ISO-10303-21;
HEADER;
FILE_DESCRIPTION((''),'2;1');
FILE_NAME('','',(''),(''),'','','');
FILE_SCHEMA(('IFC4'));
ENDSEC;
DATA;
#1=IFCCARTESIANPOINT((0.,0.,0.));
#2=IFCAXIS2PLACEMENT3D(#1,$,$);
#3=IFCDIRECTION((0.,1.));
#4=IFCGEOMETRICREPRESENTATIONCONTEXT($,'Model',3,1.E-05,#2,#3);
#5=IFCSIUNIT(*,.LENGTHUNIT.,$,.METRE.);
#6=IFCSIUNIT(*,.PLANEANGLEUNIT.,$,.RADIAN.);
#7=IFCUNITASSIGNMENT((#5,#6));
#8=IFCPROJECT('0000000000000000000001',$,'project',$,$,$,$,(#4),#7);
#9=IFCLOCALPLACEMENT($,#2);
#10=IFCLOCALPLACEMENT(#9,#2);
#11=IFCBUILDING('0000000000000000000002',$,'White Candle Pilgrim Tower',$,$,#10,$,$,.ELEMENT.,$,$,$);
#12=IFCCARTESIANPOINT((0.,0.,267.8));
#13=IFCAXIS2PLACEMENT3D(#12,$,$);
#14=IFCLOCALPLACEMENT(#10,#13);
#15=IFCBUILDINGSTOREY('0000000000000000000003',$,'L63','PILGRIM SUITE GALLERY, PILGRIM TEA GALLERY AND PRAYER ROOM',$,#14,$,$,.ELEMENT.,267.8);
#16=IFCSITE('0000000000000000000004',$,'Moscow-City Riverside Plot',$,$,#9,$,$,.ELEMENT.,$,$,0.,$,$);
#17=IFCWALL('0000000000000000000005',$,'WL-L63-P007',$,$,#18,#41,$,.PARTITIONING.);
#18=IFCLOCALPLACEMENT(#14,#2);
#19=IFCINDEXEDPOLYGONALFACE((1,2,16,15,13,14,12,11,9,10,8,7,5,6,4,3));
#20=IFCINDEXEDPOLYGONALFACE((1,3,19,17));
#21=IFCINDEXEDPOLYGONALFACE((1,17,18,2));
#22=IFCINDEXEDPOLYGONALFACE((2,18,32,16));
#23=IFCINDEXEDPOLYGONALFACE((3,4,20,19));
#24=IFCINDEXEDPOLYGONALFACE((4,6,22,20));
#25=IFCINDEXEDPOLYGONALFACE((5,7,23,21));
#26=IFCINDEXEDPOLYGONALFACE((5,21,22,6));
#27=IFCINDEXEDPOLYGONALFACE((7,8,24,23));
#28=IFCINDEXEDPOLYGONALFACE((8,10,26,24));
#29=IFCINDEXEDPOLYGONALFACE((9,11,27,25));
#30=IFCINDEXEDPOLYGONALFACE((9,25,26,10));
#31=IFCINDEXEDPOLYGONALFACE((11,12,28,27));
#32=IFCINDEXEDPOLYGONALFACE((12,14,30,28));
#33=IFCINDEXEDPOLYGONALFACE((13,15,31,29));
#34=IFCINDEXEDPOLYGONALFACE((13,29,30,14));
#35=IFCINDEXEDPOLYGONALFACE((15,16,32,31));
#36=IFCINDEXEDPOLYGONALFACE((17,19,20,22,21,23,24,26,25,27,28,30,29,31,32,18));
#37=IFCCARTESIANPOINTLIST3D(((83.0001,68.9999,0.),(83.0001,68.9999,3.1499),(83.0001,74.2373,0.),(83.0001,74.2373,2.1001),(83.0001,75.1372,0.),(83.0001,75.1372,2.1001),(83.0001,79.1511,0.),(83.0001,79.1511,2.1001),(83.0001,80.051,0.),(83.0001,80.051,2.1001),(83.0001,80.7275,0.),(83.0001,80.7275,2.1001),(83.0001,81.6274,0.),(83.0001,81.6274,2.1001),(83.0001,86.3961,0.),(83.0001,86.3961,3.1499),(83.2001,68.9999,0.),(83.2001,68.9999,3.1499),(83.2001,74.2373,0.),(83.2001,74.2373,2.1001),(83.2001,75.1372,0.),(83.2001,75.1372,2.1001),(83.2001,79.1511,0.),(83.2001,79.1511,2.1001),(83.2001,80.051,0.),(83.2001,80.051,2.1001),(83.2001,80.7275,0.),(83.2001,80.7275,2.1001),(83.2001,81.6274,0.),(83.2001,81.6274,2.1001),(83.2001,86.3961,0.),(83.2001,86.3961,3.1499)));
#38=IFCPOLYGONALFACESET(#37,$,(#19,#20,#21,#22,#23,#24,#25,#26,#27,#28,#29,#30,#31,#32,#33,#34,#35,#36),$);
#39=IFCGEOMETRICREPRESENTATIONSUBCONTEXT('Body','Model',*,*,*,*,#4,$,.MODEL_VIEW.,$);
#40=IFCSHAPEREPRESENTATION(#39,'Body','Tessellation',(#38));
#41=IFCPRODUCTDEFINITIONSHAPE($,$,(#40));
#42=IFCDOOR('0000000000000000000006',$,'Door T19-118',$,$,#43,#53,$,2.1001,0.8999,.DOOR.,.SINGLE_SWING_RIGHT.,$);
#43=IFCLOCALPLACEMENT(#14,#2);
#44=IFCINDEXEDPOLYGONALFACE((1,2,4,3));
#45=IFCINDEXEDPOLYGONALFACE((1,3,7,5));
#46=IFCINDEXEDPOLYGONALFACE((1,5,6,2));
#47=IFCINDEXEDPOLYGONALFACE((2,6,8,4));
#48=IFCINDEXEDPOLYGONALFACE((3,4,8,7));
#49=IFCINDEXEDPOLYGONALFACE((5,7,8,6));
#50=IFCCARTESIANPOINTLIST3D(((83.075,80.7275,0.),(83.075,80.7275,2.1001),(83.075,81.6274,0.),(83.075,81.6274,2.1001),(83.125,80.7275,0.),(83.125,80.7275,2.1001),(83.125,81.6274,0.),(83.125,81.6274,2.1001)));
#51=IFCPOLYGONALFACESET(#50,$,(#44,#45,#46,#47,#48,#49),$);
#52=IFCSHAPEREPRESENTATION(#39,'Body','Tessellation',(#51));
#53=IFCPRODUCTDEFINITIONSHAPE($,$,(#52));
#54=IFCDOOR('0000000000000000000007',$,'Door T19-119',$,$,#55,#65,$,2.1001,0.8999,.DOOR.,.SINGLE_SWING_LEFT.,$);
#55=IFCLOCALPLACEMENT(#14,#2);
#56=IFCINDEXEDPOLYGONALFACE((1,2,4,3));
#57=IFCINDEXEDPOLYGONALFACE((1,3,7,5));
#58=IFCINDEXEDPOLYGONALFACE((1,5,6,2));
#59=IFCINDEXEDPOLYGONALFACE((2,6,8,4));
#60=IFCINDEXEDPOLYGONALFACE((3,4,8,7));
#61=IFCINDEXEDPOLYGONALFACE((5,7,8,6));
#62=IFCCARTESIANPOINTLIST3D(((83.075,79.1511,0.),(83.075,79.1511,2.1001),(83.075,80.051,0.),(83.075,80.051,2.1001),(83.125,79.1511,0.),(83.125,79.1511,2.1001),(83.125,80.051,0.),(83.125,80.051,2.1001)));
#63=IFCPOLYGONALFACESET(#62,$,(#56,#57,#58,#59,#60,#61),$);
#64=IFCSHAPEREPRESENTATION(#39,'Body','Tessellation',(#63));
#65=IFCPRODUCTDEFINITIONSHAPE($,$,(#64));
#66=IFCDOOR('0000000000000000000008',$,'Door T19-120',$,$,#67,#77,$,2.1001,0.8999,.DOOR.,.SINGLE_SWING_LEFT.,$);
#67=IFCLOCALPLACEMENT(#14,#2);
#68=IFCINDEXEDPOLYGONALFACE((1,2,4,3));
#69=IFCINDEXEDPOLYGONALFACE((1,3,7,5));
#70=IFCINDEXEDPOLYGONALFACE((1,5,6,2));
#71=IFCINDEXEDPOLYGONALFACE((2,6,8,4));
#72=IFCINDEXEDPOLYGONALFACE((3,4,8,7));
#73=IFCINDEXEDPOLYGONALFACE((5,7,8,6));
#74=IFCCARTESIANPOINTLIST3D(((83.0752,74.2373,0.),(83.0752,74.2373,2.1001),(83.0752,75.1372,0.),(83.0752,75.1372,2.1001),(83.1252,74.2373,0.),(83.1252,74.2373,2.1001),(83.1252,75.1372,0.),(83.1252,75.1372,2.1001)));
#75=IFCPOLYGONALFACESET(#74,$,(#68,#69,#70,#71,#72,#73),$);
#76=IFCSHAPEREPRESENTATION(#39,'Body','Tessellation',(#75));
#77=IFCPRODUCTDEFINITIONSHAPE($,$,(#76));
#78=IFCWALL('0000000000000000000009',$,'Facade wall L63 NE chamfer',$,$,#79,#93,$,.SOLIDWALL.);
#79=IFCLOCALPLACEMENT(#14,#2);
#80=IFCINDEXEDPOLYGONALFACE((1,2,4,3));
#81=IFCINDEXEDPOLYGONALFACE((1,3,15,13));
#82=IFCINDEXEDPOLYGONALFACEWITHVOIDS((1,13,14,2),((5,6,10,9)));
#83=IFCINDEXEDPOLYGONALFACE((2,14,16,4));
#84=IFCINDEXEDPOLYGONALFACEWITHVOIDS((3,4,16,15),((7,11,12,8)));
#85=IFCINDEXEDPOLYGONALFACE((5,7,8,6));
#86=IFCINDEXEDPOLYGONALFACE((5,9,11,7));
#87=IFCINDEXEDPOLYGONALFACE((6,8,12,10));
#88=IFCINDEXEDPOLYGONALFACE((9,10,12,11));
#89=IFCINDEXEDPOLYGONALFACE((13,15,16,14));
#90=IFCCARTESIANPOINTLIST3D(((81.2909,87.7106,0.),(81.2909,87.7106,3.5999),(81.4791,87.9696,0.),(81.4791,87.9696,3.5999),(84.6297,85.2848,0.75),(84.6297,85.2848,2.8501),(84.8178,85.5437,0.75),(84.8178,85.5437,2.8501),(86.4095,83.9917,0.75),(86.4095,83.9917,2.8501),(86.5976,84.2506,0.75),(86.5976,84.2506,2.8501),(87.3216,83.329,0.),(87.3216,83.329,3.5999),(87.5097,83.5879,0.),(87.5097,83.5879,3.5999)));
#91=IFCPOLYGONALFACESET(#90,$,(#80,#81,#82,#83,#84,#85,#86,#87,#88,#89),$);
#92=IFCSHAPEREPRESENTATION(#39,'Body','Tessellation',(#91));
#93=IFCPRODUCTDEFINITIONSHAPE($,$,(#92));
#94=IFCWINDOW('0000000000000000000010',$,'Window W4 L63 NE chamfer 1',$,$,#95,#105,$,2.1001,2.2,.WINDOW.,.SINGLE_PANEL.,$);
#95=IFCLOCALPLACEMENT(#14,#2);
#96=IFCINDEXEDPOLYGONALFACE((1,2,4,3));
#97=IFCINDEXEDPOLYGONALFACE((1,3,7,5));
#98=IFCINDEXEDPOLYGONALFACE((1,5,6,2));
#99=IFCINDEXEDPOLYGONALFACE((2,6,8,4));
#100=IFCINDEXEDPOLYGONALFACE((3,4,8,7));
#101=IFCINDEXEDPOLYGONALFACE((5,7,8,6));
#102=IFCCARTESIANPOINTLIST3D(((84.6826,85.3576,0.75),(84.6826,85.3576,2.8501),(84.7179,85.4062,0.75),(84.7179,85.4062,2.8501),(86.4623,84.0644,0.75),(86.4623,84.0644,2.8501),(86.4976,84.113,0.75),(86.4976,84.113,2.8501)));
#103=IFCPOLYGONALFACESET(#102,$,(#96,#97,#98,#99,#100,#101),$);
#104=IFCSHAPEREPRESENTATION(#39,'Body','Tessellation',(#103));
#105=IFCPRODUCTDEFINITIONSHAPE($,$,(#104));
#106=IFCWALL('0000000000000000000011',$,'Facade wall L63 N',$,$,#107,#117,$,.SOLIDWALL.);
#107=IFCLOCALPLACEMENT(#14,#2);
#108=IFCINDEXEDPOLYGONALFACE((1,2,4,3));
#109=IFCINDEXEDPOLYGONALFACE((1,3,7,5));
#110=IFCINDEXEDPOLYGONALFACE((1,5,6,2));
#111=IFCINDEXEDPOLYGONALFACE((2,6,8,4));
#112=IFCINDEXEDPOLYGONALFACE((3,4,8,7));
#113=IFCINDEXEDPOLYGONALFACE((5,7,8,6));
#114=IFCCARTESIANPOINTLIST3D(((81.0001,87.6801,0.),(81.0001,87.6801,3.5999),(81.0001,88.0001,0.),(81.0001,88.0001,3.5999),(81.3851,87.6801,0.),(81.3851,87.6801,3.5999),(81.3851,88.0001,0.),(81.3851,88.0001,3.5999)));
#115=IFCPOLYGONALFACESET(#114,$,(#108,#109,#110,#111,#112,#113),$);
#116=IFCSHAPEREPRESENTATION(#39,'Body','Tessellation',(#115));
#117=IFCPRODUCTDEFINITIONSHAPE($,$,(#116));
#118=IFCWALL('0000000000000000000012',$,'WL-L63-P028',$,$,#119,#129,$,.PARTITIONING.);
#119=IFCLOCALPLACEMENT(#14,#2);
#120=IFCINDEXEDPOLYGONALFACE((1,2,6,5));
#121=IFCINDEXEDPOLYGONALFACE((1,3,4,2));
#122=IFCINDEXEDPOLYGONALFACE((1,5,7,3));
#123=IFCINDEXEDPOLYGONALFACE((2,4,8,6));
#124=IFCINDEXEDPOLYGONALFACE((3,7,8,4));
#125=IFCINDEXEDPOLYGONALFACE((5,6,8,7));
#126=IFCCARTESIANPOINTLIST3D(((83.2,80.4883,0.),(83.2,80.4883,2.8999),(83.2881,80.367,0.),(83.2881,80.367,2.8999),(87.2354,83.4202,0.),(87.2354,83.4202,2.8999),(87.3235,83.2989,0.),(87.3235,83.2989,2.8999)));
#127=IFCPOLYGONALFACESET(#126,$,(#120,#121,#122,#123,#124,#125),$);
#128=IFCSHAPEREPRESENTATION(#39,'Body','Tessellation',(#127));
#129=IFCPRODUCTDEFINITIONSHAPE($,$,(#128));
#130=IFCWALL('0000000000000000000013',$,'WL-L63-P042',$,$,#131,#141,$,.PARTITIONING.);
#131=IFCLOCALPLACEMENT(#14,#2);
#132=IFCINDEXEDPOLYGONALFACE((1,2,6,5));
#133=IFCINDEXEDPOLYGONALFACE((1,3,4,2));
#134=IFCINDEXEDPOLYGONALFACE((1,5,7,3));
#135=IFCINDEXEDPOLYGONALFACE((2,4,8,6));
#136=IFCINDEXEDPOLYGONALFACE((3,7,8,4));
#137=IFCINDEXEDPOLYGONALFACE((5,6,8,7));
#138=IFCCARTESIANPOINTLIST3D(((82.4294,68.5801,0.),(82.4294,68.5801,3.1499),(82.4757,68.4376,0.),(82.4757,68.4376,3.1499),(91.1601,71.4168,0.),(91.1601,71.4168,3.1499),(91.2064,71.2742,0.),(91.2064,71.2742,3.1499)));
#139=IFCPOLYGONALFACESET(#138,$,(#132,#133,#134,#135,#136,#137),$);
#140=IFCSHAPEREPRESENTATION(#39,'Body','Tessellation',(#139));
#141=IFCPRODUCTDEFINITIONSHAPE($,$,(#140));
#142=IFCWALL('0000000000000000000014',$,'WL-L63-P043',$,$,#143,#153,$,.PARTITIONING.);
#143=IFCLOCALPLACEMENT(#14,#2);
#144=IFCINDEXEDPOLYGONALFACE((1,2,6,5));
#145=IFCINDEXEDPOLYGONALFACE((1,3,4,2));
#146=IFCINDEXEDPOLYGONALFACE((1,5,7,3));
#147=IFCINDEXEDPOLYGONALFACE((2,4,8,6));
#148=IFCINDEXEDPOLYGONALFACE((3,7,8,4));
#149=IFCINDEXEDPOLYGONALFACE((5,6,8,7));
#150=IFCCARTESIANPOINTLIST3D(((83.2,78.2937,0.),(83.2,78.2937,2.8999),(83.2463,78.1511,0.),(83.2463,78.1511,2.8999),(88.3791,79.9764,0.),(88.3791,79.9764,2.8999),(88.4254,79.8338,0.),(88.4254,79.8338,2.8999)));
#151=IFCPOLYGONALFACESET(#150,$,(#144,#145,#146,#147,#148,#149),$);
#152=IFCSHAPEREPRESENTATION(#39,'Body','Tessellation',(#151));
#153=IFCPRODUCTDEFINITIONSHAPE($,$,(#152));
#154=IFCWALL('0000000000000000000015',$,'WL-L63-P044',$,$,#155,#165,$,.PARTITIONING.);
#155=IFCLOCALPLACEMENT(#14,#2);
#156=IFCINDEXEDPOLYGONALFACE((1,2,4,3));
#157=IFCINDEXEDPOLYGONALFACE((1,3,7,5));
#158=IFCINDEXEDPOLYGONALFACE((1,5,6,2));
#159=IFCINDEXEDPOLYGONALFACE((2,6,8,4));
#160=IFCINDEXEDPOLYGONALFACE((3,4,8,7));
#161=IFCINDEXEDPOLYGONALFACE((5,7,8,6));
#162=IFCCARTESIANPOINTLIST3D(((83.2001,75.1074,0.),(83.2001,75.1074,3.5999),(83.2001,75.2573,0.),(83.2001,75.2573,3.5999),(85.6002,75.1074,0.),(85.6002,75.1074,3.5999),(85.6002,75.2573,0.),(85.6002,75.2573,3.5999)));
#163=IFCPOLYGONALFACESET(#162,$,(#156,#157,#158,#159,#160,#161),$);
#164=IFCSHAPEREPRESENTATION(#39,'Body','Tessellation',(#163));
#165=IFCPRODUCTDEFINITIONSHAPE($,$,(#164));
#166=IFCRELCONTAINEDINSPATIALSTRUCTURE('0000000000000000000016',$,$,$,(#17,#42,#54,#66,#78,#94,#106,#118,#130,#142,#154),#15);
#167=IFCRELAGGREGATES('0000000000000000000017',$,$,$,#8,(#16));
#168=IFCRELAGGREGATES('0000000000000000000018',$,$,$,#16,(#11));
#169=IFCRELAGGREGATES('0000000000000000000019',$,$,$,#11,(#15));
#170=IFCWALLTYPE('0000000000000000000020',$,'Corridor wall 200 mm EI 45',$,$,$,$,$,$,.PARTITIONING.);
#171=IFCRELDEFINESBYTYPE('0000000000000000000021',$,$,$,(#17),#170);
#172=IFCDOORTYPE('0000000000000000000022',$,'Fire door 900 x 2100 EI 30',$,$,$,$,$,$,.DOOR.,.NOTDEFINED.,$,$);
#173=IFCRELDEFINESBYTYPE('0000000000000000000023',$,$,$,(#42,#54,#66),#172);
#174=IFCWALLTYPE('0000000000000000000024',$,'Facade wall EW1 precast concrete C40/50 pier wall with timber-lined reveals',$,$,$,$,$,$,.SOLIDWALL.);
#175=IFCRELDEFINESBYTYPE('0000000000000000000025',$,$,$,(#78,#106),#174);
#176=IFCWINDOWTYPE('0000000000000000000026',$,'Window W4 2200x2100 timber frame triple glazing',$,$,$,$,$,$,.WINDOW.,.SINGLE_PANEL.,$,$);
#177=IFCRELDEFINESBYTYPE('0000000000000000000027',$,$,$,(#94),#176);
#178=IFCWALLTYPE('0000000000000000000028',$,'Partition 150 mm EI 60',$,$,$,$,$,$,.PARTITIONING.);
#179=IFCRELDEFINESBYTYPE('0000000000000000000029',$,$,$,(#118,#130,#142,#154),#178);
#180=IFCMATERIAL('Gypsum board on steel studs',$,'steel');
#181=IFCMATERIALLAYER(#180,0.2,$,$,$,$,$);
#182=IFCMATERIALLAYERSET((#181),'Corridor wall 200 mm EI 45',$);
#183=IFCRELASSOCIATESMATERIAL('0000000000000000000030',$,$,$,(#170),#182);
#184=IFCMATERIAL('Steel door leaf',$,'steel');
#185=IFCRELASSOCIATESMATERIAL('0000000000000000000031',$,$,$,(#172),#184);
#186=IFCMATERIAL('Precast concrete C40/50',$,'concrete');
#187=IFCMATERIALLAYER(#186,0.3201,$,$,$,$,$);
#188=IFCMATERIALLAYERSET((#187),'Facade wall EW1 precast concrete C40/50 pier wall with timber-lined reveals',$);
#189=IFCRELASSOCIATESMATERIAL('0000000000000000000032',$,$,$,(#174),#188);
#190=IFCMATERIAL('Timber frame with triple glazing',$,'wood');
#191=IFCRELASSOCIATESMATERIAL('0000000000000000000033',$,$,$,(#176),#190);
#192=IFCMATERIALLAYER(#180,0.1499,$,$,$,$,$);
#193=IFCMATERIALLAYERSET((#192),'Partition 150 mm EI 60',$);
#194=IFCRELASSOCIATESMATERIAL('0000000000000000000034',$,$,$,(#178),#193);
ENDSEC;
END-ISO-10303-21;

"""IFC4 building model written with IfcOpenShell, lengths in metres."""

from ifc_helpers import new_model, si_unit, direction, frame, frame_2d, origin, place, context, subcontext, project, spatial, rectangle, extrude, material, layer, layer_set, type_object, element, fill, save


model = new_model("IFC4")

# Units and contexts
model_context = context("Model", 3, precision=1e-05, world=origin(), true_north=direction((0.0, 1.0)))
body_context = subcontext(model_context, "Body", "Model", "MODEL_VIEW")
ifc_project = project(units=[si_unit("LENGTHUNIT", "METRE"), si_unit("PLANEANGLEUNIT", "RADIAN")], contexts=[model_context])

# Site, building, storey
site_placement = place(None, origin())
site = spatial("IfcSite", under=ifc_project, at=site_placement, Name="Moscow-City Riverside Plot", CompositionType="ELEMENT", RefElevation=0.0)
building_placement = place(site_placement, origin())
building = spatial("IfcBuilding", under=site, at=building_placement, Name="White Candle Pilgrim Tower", CompositionType="ELEMENT")
storey_placement = place(building_placement, frame((0.0, 0.0, 267.8)))
storey = spatial("IfcBuildingStorey", under=building, at=storey_placement, Name="L63", Description="PILGRIM SUITE GALLERY, PILGRIM TEA GALLERY AND PRAYER ROOM", CompositionType="ELEMENT", Elevation=267.8)

# Shared definitions
ifc_material_1 = material(Name="Steel door leaf", Category="steel")

# Wall, openings, doors
ifc_material_2 = material(Name="Gypsum board on steel studs", Category="steel")
ifc_layer_1 = layer(ifc_material_2, 0.2)
ifc_layer_set_1 = layer_set([ifc_layer_1], Name="Corridor wall 200 mm EI 45")
wall_type_1 = type_object("IfcWallType", Name="Corridor wall 200 mm EI 45", PredefinedType="PARTITIONING", material=ifc_layer_set_1)
wall_1_placement = place(storey_placement, frame((83.1001, 86.3962, 0.0), z_axis=(0.0, 0.0, 1.0), x_axis=(0.0, -1.0, 0.0)))
wall_1 = element("IfcWall", 1, at=wall_1_placement, inside=storey, type_object=wall_type_1, Name="WL-L63-P007", PredefinedType="PARTITIONING", context=body_context, shape_type="SweptSolid", body=[
    extrude(rectangle(XDim=17.3962, YDim=0.2, at=frame_2d((8.6982, 0.0))), origin(), (0.0, 0.0, 1.0), 3.1499),
])
opening_1_placement = place(wall_1_placement, frame((4.7688, 0.0, 0.0)))
opening_1 = element("IfcOpeningElement", 2, at=opening_1_placement, cuts=wall_1, PredefinedType="OPENING", context=body_context, shape_type="SweptSolid", body=[
    extrude(rectangle(XDim=0.8999, YDim=2.1001, at=frame_2d((0.45, 1.05))), frame((0.0, 0.1099, 0.0), z_axis=(0.0, -1.0, 0.0), x_axis=(1.0, 0.0, 0.0)), (0.0, 0.0, 1.0), 0.22),
])
opening_2_placement = place(wall_1_placement, frame((6.3452, 0.0, 0.0)))
opening_2 = element("IfcOpeningElement", 3, at=opening_2_placement, cuts=wall_1, PredefinedType="OPENING", context=body_context, shape_type="SweptSolid", body=[
    extrude(rectangle(XDim=0.8999, YDim=2.1001, at=frame_2d((0.45, 1.05))), frame((0.0, 0.1099, 0.0), z_axis=(0.0, -1.0, 0.0), x_axis=(1.0, 0.0, 0.0)), (0.0, 0.0, 1.0), 0.22),
])
opening_3_placement = place(wall_1_placement, frame((11.259, 0.0, 0.0)))
opening_3 = element("IfcOpeningElement", 4, at=opening_3_placement, cuts=wall_1, PredefinedType="OPENING", context=body_context, shape_type="SweptSolid", body=[
    extrude(rectangle(XDim=0.8999, YDim=2.1001, at=frame_2d((0.45, 1.05))), frame((0.0, 0.1099, 0.0), z_axis=(0.0, -1.0, 0.0), x_axis=(1.0, 0.0, 0.0)), (0.0, 0.0, 1.0), 0.22),
])
door_type_1 = type_object("IfcDoorType", Name="Fire door 900 x 2100 EI 30", OperationType="NOTDEFINED", PredefinedType="DOOR", material=ifc_material_1)
door_1_placement = place(opening_1_placement, origin())
door_1 = element("IfcDoor", 5, at=door_1_placement, inside=storey, type_object=door_type_1, Name="Door T19-118", OperationType="SINGLE_SWING_RIGHT", OverallHeight=2.1001, OverallWidth=0.8999, PredefinedType="DOOR", context=body_context, shape_type="SweptSolid", body=[
    extrude(rectangle(XDim=0.8999, YDim=2.1001, at=frame_2d((0.45, 1.05))), frame((0.0, 0.0249, 0.0), z_axis=(0.0, -1.0, 0.0), x_axis=(1.0, 0.0, 0.0)), (0.0, 0.0, 1.0), 0.05),
])
fill(opening_1, door_1)
door_2_placement = place(opening_2_placement, origin())
door_2 = element("IfcDoor", 6, at=door_2_placement, inside=storey, type_object=door_type_1, Name="Door T19-119", OperationType="SINGLE_SWING_LEFT", OverallHeight=2.1001, OverallWidth=0.8999, PredefinedType="DOOR", context=body_context, shape_type="SweptSolid", body=[
    extrude(rectangle(XDim=0.8999, YDim=2.1001, at=frame_2d((0.45, 1.05))), frame((0.0, 0.0249, 0.0), z_axis=(0.0, -1.0, 0.0), x_axis=(1.0, 0.0, 0.0)), (0.0, 0.0, 1.0), 0.05),
])
fill(opening_2, door_2)
door_3_placement = place(opening_3_placement, frame((0.8999, 0.0, 0.0), z_axis=(0.0, 0.0, 1.0), x_axis=(-1.0, 0.0, 0.0)))
door_3 = element("IfcDoor", 7, at=door_3_placement, inside=storey, type_object=door_type_1, Name="Door T19-120", OperationType="SINGLE_SWING_LEFT", OverallHeight=2.1001, OverallWidth=0.8999, PredefinedType="DOOR", context=body_context, shape_type="SweptSolid", body=[
    extrude(rectangle(XDim=0.8999, YDim=2.1001, at=frame_2d((0.45, 1.05))), frame((0.0, 0.0249, 0.0), z_axis=(0.0, -1.0, 0.0), x_axis=(1.0, 0.0, 0.0)), (0.0, 0.0, 1.0), 0.05),
])
fill(opening_3, door_3)

# Wall, opening, window
ifc_material_3 = material(Name="Precast concrete C40/50", Category="concrete")
ifc_layer_2 = layer(ifc_material_3, 0.3201)
ifc_layer_set_2 = layer_set([ifc_layer_2], Name="Facade wall EW1 precast concrete C40/50 pier wall with timber-lined reveals")
wall_type_2 = type_object("IfcWallType", Name="Facade wall EW1 precast concrete C40/50 pier wall with timber-lined reveals", PredefinedType="SOLIDWALL", material=ifc_layer_set_2)
wall_2_placement = place(storey_placement, frame((87.4155, 83.4585, 0.0), z_axis=(0.0, 0.0, 1.0), x_axis=(-0.809007, 0.5878, 0.0)))
wall_2 = element("IfcWall", 8, at=wall_2_placement, inside=storey, type_object=wall_type_2, Name="Facade wall L63 NE chamfer", PredefinedType="SOLIDWALL", context=body_context, shape_type="SweptSolid", body=[
    extrude(rectangle(XDim=7.4543, YDim=0.3201, at=frame_2d((3.7271, 0.0))), origin(), (0.0, 0.0, 1.0), 3.5999),
])
opening_4_placement = place(wall_2_placement, frame((1.1272, 0.0, 0.75)))
opening_4 = element("IfcOpeningElement", 9, at=opening_4_placement, cuts=wall_2, PredefinedType="OPENING", context=body_context, shape_type="SweptSolid", body=[
    extrude(rectangle(XDim=2.2, YDim=2.1001, at=frame_2d((1.1001, 1.05))), frame((0.0, 0.1699, 0.0), z_axis=(0.0, -1.0, 0.0), x_axis=(1.0, 0.0, 0.0)), (0.0, 0.0, 1.0), 0.3401),
])
ifc_material_4 = material(Name="Timber frame with triple glazing", Category="wood")
window_type = type_object("IfcWindowType", Name="Window W4 2200x2100 timber frame triple glazing", PartitioningType="SINGLE_PANEL", PredefinedType="WINDOW", material=ifc_material_4)
window_placement = place(opening_4_placement, origin())
window = element("IfcWindow", 10, at=window_placement, inside=storey, type_object=window_type, Name="Window W4 L63 NE chamfer 1", OverallHeight=2.1001, OverallWidth=2.2, PartitioningType="SINGLE_PANEL", PredefinedType="WINDOW", context=body_context, shape_type="SweptSolid", body=[
    extrude(rectangle(XDim=2.2, YDim=2.1001, at=frame_2d((1.1001, 1.05))), frame((0.0, 0.0701, 0.0), z_axis=(0.0, -1.0, 0.0), x_axis=(1.0, 0.0, 0.0)), (0.0, 0.0, 1.0), 0.0601),
])
fill(opening_4, window)

# Walls
wall_3_placement = place(storey_placement, frame((81.385, 87.8401, 0.0), z_axis=(0.0, 0.0, 1.0), x_axis=(-1.0, 0.0, 0.0)))
element("IfcWall", 11, at=wall_3_placement, inside=storey, type_object=wall_type_2, Name="Facade wall L63 N", PredefinedType="SOLIDWALL", context=body_context, shape_type="SweptSolid", body=[
    extrude(rectangle(XDim=0.385, YDim=0.3201, at=frame_2d((0.1924, 0.0))), origin(), (0.0, 0.0, 1.0), 3.5999),
])
ifc_layer_3 = layer(ifc_material_2, 0.1499)
ifc_layer_set_3 = layer_set([ifc_layer_3], Name="Partition 150 mm EI 60")
wall_type_3 = type_object("IfcWallType", Name="Partition 150 mm EI 60", PredefinedType="PARTITIONING", material=ifc_layer_set_3)
wall_4_placement = place(storey_placement, frame((87.2795, 83.3596, 0.0), z_axis=(0.0, 0.0, 1.0), x_axis=(-0.809017, -0.587785, 0.0)))
element("IfcWall", 12, at=wall_4_placement, inside=storey, type_object=wall_type_3, Name="WL-L63-P028", PredefinedType="PARTITIONING", context=body_context, shape_type="SweptSolid", body=[
    extrude(rectangle(XDim=4.988, YDim=0.1499, at=frame_2d((2.4941, 0.0))), origin(), (0.0, 0.0, 1.0), 2.8999),
])
wall_5_placement = place(storey_placement, frame((91.1831, 71.3455, 0.0), z_axis=(0.0, 0.0, 1.0), x_axis=(-0.95106, -0.309006, 0.0)))
element("IfcWall", 13, at=wall_5_placement, inside=storey, type_object=wall_type_3, Name="WL-L63-P042", PredefinedType="PARTITIONING", context=body_context, shape_type="SweptSolid", body=[
    extrude(rectangle(XDim=9.1799, YDim=0.1499, at=frame_2d((4.5898, 0.0))), origin(), (0.0, 0.0, 1.0), 3.1499),
])
wall_6_placement = place(storey_placement, frame((88.4021, 79.905, 0.0), z_axis=(0.0, 0.0, 1.0), x_axis=(-0.951063, -0.308996, 0.0)))
element("IfcWall", 14, at=wall_6_placement, inside=storey, type_object=wall_type_3, Name="WL-L63-P043", PredefinedType="PARTITIONING", context=body_context, shape_type="SweptSolid", body=[
    extrude(rectangle(XDim=5.4456, YDim=0.1499, at=frame_2d((2.7227, 0.0))), origin(), (0.0, 0.0, 1.0), 2.8999),
])
wall_7_placement = place(storey_placement, frame((83.2, 75.1824, 0.0), z_axis=(0.0, 0.0, 1.0), x_axis=(1.0, 0.0, 0.0)))
element("IfcWall", 15, at=wall_7_placement, inside=storey, type_object=wall_type_3, Name="WL-L63-P044", PredefinedType="PARTITIONING", context=body_context, shape_type="SweptSolid", body=[
    extrude(rectangle(XDim=2.4001, YDim=0.1499, at=frame_2d((1.2002, 0.0))), origin(), (0.0, 0.0, 1.0), 3.5999),
])

save(model, "model.ifc")
